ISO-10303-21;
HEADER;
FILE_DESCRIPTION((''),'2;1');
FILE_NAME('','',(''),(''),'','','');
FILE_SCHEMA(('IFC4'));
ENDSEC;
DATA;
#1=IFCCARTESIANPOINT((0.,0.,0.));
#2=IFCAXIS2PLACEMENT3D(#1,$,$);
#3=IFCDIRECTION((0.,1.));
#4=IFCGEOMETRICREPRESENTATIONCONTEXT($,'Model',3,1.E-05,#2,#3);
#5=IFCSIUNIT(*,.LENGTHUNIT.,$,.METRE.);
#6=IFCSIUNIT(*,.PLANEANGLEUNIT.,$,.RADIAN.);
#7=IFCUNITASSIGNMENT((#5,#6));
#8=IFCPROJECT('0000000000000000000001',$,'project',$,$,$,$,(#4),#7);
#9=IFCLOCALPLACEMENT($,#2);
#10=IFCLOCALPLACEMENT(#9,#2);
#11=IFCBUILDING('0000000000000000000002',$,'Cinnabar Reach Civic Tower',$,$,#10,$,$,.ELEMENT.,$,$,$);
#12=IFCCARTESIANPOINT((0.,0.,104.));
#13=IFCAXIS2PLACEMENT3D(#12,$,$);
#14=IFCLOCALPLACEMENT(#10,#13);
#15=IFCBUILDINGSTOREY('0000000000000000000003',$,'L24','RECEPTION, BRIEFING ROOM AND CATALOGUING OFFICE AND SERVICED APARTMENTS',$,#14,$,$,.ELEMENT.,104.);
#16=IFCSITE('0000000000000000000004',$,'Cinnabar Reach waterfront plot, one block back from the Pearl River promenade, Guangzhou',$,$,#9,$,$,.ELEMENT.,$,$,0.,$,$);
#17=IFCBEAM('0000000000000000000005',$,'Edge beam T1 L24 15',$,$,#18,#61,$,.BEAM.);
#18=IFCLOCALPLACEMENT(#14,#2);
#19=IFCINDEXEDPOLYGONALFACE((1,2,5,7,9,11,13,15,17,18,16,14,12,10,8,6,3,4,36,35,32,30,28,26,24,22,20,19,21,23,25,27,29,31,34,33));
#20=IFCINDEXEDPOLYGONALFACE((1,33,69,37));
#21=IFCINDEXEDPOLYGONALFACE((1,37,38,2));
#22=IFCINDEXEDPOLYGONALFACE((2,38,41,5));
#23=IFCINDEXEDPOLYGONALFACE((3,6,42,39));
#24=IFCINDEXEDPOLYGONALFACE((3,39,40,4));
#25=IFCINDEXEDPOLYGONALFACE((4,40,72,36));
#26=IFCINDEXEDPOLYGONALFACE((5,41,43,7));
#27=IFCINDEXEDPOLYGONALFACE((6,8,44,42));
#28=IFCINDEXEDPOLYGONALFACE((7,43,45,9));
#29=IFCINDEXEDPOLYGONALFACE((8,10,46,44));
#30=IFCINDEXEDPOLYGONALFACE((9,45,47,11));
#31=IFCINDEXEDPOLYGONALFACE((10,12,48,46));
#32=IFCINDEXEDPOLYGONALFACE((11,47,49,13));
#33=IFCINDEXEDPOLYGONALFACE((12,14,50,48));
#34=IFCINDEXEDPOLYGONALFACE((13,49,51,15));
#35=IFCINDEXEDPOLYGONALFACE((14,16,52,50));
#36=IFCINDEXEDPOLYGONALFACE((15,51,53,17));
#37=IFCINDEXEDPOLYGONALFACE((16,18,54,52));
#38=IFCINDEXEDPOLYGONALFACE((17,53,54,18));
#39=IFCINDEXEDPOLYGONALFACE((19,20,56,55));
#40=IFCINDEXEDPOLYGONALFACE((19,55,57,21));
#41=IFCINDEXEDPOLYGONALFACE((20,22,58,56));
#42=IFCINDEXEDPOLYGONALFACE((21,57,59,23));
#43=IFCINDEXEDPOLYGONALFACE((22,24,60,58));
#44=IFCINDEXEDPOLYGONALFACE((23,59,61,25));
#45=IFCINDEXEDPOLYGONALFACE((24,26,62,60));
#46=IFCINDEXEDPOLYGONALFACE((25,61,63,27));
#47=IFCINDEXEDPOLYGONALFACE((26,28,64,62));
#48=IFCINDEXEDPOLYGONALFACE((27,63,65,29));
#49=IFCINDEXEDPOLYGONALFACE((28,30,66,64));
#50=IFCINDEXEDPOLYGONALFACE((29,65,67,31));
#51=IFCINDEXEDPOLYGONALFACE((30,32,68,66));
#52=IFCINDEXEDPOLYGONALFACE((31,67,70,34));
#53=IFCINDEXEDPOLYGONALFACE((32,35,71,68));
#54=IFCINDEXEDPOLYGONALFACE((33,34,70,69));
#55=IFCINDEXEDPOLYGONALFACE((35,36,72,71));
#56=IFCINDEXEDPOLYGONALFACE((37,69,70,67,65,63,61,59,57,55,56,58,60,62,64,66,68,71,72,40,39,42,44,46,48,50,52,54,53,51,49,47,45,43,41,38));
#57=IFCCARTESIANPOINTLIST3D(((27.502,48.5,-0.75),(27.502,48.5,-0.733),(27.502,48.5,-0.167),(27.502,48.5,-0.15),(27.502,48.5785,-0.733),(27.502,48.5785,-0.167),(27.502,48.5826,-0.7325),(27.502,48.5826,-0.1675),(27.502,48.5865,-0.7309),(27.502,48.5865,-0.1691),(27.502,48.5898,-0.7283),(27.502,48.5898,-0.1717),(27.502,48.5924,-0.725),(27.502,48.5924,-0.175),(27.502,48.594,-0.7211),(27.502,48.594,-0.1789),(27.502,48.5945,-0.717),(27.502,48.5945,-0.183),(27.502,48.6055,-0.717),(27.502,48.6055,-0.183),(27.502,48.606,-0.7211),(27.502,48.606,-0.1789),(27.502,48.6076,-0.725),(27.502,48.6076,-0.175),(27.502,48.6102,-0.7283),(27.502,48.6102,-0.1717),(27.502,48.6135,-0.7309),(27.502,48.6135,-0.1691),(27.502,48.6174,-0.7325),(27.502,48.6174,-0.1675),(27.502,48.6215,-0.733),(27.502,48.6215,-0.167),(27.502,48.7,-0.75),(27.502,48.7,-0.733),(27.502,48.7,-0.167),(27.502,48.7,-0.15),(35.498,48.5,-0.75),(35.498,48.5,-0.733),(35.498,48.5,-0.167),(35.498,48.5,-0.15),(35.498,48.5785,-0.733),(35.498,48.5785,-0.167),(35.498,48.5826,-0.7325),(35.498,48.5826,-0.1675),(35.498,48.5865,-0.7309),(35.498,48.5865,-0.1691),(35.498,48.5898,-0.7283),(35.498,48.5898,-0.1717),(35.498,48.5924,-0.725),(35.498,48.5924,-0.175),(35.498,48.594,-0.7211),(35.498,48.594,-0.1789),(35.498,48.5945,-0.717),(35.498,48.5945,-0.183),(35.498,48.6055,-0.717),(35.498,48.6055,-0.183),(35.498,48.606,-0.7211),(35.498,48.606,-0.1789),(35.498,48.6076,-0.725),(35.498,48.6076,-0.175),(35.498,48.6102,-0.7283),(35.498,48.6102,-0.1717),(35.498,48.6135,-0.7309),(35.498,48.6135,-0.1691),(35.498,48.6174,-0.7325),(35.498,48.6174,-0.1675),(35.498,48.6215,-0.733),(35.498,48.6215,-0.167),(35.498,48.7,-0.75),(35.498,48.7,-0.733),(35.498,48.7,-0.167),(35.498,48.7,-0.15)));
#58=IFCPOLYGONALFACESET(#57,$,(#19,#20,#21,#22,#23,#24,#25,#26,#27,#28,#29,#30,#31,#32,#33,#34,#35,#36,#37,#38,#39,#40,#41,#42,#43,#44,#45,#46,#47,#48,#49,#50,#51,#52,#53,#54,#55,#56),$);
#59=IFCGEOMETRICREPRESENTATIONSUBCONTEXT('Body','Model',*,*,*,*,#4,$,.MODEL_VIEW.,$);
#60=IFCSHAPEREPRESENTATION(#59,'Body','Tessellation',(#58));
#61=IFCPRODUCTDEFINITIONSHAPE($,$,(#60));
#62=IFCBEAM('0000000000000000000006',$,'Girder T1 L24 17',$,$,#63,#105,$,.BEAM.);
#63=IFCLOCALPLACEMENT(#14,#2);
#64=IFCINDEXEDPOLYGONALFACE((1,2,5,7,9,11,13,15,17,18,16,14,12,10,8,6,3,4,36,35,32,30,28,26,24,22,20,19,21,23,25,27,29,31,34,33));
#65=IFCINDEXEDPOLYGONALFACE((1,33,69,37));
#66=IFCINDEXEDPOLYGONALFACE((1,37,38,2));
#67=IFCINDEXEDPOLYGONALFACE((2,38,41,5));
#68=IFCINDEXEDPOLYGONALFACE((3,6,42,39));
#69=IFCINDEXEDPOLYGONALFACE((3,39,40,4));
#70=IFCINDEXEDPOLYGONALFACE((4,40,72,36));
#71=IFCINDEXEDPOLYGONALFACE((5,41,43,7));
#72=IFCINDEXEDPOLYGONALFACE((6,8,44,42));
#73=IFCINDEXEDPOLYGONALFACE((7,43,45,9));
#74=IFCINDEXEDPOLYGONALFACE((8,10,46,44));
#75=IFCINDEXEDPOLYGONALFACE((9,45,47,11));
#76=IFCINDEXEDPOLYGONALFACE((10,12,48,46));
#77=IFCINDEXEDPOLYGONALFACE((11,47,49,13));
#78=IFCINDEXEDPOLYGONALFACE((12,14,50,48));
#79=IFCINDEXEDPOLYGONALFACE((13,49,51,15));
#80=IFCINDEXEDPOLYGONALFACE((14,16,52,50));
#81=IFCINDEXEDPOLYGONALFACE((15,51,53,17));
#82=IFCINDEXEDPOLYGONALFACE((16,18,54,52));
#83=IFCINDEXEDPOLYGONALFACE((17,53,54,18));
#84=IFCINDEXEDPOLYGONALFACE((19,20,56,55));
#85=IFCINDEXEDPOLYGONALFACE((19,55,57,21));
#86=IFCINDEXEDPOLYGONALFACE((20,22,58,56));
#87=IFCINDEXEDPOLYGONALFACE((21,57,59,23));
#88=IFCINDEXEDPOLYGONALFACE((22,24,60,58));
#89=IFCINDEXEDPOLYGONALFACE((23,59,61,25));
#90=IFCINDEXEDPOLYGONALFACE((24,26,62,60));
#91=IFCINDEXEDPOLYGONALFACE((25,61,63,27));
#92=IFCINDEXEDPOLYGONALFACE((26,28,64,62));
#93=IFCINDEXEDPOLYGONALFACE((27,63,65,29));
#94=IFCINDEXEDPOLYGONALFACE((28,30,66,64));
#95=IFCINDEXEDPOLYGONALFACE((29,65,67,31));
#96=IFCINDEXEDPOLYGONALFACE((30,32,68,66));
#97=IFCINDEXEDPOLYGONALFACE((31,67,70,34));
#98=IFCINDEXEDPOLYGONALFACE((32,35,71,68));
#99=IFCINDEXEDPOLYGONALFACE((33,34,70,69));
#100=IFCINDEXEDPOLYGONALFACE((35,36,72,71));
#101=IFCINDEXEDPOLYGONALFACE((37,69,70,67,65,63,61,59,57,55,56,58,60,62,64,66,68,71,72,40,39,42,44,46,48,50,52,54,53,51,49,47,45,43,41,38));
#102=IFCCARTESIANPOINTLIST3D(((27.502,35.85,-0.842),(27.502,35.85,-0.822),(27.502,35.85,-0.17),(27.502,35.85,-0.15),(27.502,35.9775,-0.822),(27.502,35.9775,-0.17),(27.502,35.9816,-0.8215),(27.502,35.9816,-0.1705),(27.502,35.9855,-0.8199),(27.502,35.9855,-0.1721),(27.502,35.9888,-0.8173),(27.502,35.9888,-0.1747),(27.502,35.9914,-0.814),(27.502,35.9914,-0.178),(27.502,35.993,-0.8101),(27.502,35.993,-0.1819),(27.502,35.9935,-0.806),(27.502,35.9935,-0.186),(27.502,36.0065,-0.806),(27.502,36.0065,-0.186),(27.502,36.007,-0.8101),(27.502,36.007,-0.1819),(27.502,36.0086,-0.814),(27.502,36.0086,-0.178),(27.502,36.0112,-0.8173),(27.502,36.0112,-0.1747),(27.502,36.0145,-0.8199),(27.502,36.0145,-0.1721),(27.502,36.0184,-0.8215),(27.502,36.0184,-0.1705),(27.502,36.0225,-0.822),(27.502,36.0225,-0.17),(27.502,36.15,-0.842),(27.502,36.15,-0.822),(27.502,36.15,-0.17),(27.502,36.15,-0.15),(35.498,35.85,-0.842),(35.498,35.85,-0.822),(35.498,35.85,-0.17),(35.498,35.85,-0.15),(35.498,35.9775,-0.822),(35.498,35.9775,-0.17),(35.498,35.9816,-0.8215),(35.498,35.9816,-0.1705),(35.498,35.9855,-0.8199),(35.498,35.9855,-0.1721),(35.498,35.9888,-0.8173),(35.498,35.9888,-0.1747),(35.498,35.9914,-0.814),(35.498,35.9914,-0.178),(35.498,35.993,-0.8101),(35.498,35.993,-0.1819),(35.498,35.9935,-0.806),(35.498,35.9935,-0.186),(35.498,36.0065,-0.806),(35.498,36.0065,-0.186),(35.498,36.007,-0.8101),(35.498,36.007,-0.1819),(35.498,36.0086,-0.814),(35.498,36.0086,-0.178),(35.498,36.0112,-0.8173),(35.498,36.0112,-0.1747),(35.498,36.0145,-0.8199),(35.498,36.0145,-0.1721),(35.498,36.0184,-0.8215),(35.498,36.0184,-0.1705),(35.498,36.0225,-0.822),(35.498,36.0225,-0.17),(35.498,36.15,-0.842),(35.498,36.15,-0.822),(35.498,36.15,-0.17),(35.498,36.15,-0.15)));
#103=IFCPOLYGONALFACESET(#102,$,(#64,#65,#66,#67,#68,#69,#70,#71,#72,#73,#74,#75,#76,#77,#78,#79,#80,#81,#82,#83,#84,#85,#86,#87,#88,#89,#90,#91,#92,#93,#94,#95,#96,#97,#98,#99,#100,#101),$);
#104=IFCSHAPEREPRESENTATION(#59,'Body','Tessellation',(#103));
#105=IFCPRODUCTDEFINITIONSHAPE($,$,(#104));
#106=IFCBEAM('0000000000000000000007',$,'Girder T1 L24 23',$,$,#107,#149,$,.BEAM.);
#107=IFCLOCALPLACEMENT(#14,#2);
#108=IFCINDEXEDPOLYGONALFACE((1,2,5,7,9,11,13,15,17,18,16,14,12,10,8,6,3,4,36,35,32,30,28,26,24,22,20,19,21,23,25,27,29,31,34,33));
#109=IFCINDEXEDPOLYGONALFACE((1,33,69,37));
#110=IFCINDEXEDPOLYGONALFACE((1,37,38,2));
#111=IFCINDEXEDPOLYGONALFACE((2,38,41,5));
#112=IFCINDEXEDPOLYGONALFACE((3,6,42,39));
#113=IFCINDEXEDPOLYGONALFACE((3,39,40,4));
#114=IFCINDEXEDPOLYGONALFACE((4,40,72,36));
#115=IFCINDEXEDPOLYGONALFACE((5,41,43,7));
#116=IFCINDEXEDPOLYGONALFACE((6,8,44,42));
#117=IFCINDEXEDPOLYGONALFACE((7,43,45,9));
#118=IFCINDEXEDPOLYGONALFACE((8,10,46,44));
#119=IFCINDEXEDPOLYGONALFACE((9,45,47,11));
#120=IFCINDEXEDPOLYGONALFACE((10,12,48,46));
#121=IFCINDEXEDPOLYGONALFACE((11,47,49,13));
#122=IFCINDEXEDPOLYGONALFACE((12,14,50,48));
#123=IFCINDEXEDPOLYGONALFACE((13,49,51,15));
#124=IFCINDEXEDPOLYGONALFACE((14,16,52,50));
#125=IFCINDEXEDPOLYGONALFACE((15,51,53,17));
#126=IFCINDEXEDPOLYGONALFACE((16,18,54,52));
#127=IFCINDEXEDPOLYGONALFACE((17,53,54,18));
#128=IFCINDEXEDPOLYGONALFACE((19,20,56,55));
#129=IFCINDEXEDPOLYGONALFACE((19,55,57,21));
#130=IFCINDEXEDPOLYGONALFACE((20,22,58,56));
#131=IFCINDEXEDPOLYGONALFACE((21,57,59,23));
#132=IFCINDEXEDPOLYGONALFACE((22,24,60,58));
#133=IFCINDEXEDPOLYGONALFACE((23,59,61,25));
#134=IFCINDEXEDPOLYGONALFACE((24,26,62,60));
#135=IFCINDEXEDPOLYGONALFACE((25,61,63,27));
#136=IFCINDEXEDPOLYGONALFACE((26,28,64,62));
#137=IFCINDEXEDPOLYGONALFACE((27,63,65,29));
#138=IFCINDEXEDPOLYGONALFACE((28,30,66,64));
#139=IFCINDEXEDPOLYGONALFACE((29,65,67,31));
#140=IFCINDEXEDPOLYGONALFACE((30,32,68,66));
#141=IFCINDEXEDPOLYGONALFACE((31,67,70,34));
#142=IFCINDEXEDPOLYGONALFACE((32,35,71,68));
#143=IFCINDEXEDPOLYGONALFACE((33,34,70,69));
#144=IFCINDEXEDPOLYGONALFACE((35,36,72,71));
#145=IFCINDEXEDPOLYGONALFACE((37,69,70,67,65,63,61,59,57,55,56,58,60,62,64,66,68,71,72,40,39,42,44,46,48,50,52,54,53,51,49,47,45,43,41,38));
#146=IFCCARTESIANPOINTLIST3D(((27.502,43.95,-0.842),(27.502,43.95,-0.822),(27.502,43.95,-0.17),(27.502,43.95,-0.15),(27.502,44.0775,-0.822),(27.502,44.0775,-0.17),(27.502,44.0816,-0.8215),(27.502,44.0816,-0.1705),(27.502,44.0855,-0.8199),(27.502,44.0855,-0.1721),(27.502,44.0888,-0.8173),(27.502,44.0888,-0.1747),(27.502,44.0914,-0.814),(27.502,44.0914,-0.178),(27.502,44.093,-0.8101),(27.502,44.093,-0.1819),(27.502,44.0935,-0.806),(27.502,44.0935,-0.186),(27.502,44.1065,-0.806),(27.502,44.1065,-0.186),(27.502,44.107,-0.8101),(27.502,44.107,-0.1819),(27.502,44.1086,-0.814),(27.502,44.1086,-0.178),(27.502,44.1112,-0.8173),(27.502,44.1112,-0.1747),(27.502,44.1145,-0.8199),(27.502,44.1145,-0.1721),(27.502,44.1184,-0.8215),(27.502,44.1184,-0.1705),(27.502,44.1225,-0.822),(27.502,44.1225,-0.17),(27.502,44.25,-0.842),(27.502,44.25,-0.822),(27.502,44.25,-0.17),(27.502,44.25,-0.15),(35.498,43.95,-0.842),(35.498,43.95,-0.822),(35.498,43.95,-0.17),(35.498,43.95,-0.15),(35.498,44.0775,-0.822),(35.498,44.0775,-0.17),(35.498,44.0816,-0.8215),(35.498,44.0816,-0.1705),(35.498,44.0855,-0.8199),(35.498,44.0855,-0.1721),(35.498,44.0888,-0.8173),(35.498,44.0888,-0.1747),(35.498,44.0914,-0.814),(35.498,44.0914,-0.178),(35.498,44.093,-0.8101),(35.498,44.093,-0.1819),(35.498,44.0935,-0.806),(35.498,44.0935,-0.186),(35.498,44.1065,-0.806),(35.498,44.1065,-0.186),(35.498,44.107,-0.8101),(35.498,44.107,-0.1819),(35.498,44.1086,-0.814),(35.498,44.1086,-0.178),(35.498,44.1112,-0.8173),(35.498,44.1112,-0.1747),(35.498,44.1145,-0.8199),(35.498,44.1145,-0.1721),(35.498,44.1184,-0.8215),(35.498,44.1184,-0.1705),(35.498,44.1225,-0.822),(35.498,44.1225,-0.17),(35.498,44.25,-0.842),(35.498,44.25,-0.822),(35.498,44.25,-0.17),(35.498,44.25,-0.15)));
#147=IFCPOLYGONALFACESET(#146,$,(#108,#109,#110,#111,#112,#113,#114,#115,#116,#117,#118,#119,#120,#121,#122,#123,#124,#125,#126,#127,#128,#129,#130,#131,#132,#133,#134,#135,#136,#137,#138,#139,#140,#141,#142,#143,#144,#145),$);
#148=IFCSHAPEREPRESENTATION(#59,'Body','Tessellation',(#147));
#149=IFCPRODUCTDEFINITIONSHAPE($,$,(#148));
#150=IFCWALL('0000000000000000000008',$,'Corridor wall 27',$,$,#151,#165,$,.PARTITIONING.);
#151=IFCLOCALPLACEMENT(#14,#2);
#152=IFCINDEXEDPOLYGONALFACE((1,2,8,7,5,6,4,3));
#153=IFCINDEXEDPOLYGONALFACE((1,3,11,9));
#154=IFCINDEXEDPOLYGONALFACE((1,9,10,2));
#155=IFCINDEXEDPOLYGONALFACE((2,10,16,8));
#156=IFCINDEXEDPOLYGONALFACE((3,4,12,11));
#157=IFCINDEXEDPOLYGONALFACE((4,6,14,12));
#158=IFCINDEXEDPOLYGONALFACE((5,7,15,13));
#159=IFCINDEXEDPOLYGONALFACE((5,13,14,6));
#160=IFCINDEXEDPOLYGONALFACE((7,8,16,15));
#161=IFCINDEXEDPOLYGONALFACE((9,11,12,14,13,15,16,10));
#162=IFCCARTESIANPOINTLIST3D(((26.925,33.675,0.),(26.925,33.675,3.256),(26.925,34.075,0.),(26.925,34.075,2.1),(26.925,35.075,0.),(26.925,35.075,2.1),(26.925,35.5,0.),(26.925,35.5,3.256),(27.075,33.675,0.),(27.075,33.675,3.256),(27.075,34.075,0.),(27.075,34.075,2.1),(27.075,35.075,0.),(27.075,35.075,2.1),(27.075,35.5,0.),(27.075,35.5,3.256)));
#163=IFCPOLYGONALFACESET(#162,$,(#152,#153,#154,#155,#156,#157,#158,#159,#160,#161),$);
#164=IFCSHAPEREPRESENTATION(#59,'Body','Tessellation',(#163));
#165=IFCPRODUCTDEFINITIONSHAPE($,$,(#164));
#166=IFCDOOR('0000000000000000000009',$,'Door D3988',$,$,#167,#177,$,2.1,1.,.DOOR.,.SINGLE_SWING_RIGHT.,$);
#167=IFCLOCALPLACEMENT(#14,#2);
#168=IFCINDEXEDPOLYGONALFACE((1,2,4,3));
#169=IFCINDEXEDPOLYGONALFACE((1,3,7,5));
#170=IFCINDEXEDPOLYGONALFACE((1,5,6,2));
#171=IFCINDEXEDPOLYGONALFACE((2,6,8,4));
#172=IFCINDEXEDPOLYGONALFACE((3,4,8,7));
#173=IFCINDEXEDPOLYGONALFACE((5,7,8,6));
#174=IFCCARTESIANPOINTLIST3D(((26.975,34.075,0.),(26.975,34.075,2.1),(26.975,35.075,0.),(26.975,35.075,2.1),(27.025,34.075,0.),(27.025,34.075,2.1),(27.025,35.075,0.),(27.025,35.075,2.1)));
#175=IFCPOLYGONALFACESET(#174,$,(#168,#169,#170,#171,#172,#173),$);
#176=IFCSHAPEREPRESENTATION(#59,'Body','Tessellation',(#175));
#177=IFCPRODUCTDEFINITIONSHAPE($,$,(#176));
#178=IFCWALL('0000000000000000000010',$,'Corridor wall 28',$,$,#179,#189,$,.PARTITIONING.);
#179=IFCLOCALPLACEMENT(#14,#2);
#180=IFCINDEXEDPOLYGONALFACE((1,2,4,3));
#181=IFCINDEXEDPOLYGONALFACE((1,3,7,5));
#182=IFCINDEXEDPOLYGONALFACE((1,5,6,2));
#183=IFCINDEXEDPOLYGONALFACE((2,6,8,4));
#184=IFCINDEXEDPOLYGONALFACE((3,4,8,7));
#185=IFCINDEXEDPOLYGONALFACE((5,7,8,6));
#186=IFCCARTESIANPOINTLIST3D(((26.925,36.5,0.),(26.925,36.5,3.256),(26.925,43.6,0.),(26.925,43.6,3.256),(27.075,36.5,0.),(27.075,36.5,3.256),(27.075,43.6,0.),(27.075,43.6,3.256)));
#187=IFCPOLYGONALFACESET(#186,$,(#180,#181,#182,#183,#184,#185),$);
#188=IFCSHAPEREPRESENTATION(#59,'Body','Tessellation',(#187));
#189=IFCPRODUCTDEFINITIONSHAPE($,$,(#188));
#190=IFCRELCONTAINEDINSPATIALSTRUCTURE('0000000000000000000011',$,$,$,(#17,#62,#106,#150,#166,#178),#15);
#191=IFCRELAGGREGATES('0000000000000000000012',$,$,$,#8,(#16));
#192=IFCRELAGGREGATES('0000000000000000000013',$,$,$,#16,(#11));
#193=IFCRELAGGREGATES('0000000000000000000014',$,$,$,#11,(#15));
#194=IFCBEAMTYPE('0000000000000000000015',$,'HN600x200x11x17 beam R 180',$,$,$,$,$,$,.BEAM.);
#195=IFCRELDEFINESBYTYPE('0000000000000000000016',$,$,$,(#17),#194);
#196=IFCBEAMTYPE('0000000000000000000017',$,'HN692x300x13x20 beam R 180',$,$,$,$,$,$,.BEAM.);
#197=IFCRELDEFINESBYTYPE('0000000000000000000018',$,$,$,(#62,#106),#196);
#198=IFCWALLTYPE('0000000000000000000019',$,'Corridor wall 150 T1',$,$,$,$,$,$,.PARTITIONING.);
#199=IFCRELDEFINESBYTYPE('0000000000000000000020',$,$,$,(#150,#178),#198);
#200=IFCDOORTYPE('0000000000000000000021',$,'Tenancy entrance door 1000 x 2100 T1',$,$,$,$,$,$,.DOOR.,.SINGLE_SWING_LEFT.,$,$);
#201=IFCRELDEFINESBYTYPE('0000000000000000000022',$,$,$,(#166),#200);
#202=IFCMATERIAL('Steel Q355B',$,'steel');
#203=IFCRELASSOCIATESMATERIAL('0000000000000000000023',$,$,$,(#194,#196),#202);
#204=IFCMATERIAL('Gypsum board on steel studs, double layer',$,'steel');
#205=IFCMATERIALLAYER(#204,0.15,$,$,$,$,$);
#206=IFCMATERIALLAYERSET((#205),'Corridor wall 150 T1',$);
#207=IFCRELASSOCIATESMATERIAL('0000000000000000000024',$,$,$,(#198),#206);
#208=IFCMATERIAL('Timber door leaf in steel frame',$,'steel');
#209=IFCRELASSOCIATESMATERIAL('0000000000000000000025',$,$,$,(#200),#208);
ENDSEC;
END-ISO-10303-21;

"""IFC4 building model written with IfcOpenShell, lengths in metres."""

from ifc_helpers import new_model, si_unit, direction, frame, frame_2d, origin, origin_2d, place, context, subcontext, project, spatial, rectangle, i_section, extrude, material, layer, layer_set, material_profile, profile_set, type_object, element, fill, save


model = new_model("IFC4")

# Units and contexts
model_context = context("Model", 3, precision=1e-05, world=origin(), true_north=direction((0.0, 1.0)))
body_context = subcontext(model_context, "Body", "Model", "MODEL_VIEW")
ifc_project = project(units=[si_unit("LENGTHUNIT", "METRE"), si_unit("PLANEANGLEUNIT", "RADIAN")], contexts=[model_context])

# Site, building, storey
site_placement = place(None, origin())
site = spatial("IfcSite", under=ifc_project, at=site_placement, Name="Cinnabar Reach waterfront plot, one block back from the Pearl River promenade, Guangzhou", CompositionType="ELEMENT", RefElevation=0.0)
building_placement = place(site_placement, origin())
building = spatial("IfcBuilding", under=site, at=building_placement, Name="Cinnabar Reach Civic Tower", CompositionType="ELEMENT")
storey_placement = place(building_placement, frame((0.0, 0.0, 104.0)))
storey = spatial("IfcBuildingStorey", under=building, at=storey_placement, Name="L24", Description="RECEPTION, BRIEFING ROOM AND CATALOGUING OFFICE AND SERVICED APARTMENTS", CompositionType="ELEMENT", Elevation=104.0)

# Beams
ifc_material_1 = material(Name="Steel Q355B", Category="steel")
ifc_material_profile_1 = material_profile(ifc_material_1, i_section(OverallWidth=0.2, OverallDepth=0.6, WebThickness=0.011, FlangeThickness=0.017, FilletRadius=0.016, at=origin_2d()), Name="HN600x200x11x17")
ifc_profile_set_1 = profile_set([ifc_material_profile_1], Name="Steel Q355B")
beam_type_1 = type_object("IfcBeamType", Name="HN600x200x11x17 beam R 180", PredefinedType="BEAM", material=ifc_profile_set_1)
beam_1_placement = place(storey_placement, frame((35.498, 48.6, -0.45), z_axis=(-1.0, 0.0, 0.0), x_axis=(0.0, -1.0, 0.0)))
element("IfcBeam", 1, at=beam_1_placement, inside=storey, type_object=beam_type_1, Name="Edge beam T1 L24 15", PredefinedType="BEAM", context=body_context, shape_type="SweptSolid", body=[
    extrude(i_section(OverallWidth=0.2, OverallDepth=0.6, WebThickness=0.011, FlangeThickness=0.017, FilletRadius=0.016, at=origin_2d()), origin(), (0.0, 0.0, 1.0), 7.996),
])
ifc_material_profile_2 = material_profile(ifc_material_1, i_section(OverallWidth=0.3, OverallDepth=0.692, WebThickness=0.013, FlangeThickness=0.02, FilletRadius=0.016, at=origin_2d()), Name="HN692x300x13x20")
ifc_profile_set_2 = profile_set([ifc_material_profile_2], Name="Steel Q355B")
beam_type_2 = type_object("IfcBeamType", Name="HN692x300x13x20 beam R 180", PredefinedType="BEAM", material=ifc_profile_set_2)
for number, where, z_axis, x_axis, name in (
    (2, (27.502, 36.0, -0.496), (1.0, 0.0, 0.0), (0.0, 1.0, 0.0), "Girder T1 L24 17"),
    (3, (27.502, 44.1, -0.496), (1.0, 0.0, 0.0), (0.0, 1.0, 0.0), "Girder T1 L24 23"),
):
    element("IfcBeam", number, at=place(storey_placement, frame(where, z_axis=z_axis, x_axis=x_axis)), inside=storey, type_object=beam_type_2, Name=name, PredefinedType="BEAM", context=body_context, shape_type="SweptSolid", body=[
        extrude(i_section(OverallWidth=0.3, OverallDepth=0.692, WebThickness=0.013, FlangeThickness=0.02, FilletRadius=0.016, at=origin_2d()), origin(), (0.0, 0.0, 1.0), 7.996),
    ])

# Wall, opening, door
ifc_material_2 = material(Name="Gypsum board on steel studs, double layer", Category="steel")
ifc_layer_1 = layer(ifc_material_2, 0.15)
ifc_layer_set_1 = layer_set([ifc_layer_1], Name="Corridor wall 150 T1")
wall_type_1 = type_object("IfcWallType", Name="Corridor wall 150 T1", PredefinedType="PARTITIONING", material=ifc_layer_set_1)
wall_1_placement = place(storey_placement, frame((27.0, 33.675, 0.0), z_axis=(0.0, 0.0, 1.0), x_axis=(0.0, 1.0, 0.0)))
wall_1 = element("IfcWall", 4, at=wall_1_placement, inside=storey, type_object=wall_type_1, Name="Corridor wall 27", PredefinedType="PARTITIONING", context=body_context, shape_type="SweptSolid", body=[
    extrude(rectangle(XDim=1.825, YDim=0.15, at=frame_2d((0.9125, 0.0))), origin(), (0.0, 0.0, 1.0), 3.256),
])
opening_1_placement = place(wall_1_placement, frame((0.4, 0.0, 0.0)))
opening_1 = element("IfcOpeningElement", 5, at=opening_1_placement, cuts=wall_1, PredefinedType="OPENING", context=body_context, shape_type="SweptSolid", body=[
    extrude(rectangle(XDim=1.0, YDim=2.1, at=frame_2d((0.5, 1.05))), frame((0.0, 0.085, 0.0), z_axis=(0.0, -1.0, 0.0), x_axis=(1.0, 0.0, 0.0)), (0.0, 0.0, 1.0), 0.17),
])
ifc_material_3 = material(Name="Timber door leaf in steel frame", Category="steel")
door_type_1 = type_object("IfcDoorType", Name="Tenancy entrance door 1000 x 2100 T1", OperationType="SINGLE_SWING_LEFT", PredefinedType="DOOR", material=ifc_material_3)
door_1_placement = place(opening_1_placement, frame((1.0, 0.0, 0.0), z_axis=(0.0, 0.0, 1.0), x_axis=(-1.0, 0.0, 0.0)))
door_1 = element("IfcDoor", 6, at=door_1_placement, inside=storey, type_object=door_type_1, Name="Door D3988", OperationType="SINGLE_SWING_RIGHT", OverallHeight=2.1, OverallWidth=1.0, PredefinedType="DOOR", context=body_context, shape_type="SweptSolid", body=[
    extrude(rectangle(XDim=1.0, YDim=2.1, at=frame_2d((0.5, 1.05))), frame((0.0, 0.025, 0.0), z_axis=(0.0, -1.0, 0.0), x_axis=(1.0, 0.0, 0.0)), (0.0, 0.0, 1.0), 0.05),
])
fill(opening_1, door_1)

# Wall
wall_2_placement = place(storey_placement, frame((27.0, 36.5, 0.0), z_axis=(0.0, 0.0, 1.0), x_axis=(0.0, 1.0, 0.0)))
element("IfcWall", 7, at=wall_2_placement, inside=storey, type_object=wall_type_1, Name="Corridor wall 28", PredefinedType="PARTITIONING", context=body_context, shape_type="SweptSolid", body=[
    extrude(rectangle(XDim=7.1, YDim=0.15, at=frame_2d((3.55, 0.0))), origin(), (0.0, 0.0, 1.0), 3.256),
])

save(model, "model.ifc")
